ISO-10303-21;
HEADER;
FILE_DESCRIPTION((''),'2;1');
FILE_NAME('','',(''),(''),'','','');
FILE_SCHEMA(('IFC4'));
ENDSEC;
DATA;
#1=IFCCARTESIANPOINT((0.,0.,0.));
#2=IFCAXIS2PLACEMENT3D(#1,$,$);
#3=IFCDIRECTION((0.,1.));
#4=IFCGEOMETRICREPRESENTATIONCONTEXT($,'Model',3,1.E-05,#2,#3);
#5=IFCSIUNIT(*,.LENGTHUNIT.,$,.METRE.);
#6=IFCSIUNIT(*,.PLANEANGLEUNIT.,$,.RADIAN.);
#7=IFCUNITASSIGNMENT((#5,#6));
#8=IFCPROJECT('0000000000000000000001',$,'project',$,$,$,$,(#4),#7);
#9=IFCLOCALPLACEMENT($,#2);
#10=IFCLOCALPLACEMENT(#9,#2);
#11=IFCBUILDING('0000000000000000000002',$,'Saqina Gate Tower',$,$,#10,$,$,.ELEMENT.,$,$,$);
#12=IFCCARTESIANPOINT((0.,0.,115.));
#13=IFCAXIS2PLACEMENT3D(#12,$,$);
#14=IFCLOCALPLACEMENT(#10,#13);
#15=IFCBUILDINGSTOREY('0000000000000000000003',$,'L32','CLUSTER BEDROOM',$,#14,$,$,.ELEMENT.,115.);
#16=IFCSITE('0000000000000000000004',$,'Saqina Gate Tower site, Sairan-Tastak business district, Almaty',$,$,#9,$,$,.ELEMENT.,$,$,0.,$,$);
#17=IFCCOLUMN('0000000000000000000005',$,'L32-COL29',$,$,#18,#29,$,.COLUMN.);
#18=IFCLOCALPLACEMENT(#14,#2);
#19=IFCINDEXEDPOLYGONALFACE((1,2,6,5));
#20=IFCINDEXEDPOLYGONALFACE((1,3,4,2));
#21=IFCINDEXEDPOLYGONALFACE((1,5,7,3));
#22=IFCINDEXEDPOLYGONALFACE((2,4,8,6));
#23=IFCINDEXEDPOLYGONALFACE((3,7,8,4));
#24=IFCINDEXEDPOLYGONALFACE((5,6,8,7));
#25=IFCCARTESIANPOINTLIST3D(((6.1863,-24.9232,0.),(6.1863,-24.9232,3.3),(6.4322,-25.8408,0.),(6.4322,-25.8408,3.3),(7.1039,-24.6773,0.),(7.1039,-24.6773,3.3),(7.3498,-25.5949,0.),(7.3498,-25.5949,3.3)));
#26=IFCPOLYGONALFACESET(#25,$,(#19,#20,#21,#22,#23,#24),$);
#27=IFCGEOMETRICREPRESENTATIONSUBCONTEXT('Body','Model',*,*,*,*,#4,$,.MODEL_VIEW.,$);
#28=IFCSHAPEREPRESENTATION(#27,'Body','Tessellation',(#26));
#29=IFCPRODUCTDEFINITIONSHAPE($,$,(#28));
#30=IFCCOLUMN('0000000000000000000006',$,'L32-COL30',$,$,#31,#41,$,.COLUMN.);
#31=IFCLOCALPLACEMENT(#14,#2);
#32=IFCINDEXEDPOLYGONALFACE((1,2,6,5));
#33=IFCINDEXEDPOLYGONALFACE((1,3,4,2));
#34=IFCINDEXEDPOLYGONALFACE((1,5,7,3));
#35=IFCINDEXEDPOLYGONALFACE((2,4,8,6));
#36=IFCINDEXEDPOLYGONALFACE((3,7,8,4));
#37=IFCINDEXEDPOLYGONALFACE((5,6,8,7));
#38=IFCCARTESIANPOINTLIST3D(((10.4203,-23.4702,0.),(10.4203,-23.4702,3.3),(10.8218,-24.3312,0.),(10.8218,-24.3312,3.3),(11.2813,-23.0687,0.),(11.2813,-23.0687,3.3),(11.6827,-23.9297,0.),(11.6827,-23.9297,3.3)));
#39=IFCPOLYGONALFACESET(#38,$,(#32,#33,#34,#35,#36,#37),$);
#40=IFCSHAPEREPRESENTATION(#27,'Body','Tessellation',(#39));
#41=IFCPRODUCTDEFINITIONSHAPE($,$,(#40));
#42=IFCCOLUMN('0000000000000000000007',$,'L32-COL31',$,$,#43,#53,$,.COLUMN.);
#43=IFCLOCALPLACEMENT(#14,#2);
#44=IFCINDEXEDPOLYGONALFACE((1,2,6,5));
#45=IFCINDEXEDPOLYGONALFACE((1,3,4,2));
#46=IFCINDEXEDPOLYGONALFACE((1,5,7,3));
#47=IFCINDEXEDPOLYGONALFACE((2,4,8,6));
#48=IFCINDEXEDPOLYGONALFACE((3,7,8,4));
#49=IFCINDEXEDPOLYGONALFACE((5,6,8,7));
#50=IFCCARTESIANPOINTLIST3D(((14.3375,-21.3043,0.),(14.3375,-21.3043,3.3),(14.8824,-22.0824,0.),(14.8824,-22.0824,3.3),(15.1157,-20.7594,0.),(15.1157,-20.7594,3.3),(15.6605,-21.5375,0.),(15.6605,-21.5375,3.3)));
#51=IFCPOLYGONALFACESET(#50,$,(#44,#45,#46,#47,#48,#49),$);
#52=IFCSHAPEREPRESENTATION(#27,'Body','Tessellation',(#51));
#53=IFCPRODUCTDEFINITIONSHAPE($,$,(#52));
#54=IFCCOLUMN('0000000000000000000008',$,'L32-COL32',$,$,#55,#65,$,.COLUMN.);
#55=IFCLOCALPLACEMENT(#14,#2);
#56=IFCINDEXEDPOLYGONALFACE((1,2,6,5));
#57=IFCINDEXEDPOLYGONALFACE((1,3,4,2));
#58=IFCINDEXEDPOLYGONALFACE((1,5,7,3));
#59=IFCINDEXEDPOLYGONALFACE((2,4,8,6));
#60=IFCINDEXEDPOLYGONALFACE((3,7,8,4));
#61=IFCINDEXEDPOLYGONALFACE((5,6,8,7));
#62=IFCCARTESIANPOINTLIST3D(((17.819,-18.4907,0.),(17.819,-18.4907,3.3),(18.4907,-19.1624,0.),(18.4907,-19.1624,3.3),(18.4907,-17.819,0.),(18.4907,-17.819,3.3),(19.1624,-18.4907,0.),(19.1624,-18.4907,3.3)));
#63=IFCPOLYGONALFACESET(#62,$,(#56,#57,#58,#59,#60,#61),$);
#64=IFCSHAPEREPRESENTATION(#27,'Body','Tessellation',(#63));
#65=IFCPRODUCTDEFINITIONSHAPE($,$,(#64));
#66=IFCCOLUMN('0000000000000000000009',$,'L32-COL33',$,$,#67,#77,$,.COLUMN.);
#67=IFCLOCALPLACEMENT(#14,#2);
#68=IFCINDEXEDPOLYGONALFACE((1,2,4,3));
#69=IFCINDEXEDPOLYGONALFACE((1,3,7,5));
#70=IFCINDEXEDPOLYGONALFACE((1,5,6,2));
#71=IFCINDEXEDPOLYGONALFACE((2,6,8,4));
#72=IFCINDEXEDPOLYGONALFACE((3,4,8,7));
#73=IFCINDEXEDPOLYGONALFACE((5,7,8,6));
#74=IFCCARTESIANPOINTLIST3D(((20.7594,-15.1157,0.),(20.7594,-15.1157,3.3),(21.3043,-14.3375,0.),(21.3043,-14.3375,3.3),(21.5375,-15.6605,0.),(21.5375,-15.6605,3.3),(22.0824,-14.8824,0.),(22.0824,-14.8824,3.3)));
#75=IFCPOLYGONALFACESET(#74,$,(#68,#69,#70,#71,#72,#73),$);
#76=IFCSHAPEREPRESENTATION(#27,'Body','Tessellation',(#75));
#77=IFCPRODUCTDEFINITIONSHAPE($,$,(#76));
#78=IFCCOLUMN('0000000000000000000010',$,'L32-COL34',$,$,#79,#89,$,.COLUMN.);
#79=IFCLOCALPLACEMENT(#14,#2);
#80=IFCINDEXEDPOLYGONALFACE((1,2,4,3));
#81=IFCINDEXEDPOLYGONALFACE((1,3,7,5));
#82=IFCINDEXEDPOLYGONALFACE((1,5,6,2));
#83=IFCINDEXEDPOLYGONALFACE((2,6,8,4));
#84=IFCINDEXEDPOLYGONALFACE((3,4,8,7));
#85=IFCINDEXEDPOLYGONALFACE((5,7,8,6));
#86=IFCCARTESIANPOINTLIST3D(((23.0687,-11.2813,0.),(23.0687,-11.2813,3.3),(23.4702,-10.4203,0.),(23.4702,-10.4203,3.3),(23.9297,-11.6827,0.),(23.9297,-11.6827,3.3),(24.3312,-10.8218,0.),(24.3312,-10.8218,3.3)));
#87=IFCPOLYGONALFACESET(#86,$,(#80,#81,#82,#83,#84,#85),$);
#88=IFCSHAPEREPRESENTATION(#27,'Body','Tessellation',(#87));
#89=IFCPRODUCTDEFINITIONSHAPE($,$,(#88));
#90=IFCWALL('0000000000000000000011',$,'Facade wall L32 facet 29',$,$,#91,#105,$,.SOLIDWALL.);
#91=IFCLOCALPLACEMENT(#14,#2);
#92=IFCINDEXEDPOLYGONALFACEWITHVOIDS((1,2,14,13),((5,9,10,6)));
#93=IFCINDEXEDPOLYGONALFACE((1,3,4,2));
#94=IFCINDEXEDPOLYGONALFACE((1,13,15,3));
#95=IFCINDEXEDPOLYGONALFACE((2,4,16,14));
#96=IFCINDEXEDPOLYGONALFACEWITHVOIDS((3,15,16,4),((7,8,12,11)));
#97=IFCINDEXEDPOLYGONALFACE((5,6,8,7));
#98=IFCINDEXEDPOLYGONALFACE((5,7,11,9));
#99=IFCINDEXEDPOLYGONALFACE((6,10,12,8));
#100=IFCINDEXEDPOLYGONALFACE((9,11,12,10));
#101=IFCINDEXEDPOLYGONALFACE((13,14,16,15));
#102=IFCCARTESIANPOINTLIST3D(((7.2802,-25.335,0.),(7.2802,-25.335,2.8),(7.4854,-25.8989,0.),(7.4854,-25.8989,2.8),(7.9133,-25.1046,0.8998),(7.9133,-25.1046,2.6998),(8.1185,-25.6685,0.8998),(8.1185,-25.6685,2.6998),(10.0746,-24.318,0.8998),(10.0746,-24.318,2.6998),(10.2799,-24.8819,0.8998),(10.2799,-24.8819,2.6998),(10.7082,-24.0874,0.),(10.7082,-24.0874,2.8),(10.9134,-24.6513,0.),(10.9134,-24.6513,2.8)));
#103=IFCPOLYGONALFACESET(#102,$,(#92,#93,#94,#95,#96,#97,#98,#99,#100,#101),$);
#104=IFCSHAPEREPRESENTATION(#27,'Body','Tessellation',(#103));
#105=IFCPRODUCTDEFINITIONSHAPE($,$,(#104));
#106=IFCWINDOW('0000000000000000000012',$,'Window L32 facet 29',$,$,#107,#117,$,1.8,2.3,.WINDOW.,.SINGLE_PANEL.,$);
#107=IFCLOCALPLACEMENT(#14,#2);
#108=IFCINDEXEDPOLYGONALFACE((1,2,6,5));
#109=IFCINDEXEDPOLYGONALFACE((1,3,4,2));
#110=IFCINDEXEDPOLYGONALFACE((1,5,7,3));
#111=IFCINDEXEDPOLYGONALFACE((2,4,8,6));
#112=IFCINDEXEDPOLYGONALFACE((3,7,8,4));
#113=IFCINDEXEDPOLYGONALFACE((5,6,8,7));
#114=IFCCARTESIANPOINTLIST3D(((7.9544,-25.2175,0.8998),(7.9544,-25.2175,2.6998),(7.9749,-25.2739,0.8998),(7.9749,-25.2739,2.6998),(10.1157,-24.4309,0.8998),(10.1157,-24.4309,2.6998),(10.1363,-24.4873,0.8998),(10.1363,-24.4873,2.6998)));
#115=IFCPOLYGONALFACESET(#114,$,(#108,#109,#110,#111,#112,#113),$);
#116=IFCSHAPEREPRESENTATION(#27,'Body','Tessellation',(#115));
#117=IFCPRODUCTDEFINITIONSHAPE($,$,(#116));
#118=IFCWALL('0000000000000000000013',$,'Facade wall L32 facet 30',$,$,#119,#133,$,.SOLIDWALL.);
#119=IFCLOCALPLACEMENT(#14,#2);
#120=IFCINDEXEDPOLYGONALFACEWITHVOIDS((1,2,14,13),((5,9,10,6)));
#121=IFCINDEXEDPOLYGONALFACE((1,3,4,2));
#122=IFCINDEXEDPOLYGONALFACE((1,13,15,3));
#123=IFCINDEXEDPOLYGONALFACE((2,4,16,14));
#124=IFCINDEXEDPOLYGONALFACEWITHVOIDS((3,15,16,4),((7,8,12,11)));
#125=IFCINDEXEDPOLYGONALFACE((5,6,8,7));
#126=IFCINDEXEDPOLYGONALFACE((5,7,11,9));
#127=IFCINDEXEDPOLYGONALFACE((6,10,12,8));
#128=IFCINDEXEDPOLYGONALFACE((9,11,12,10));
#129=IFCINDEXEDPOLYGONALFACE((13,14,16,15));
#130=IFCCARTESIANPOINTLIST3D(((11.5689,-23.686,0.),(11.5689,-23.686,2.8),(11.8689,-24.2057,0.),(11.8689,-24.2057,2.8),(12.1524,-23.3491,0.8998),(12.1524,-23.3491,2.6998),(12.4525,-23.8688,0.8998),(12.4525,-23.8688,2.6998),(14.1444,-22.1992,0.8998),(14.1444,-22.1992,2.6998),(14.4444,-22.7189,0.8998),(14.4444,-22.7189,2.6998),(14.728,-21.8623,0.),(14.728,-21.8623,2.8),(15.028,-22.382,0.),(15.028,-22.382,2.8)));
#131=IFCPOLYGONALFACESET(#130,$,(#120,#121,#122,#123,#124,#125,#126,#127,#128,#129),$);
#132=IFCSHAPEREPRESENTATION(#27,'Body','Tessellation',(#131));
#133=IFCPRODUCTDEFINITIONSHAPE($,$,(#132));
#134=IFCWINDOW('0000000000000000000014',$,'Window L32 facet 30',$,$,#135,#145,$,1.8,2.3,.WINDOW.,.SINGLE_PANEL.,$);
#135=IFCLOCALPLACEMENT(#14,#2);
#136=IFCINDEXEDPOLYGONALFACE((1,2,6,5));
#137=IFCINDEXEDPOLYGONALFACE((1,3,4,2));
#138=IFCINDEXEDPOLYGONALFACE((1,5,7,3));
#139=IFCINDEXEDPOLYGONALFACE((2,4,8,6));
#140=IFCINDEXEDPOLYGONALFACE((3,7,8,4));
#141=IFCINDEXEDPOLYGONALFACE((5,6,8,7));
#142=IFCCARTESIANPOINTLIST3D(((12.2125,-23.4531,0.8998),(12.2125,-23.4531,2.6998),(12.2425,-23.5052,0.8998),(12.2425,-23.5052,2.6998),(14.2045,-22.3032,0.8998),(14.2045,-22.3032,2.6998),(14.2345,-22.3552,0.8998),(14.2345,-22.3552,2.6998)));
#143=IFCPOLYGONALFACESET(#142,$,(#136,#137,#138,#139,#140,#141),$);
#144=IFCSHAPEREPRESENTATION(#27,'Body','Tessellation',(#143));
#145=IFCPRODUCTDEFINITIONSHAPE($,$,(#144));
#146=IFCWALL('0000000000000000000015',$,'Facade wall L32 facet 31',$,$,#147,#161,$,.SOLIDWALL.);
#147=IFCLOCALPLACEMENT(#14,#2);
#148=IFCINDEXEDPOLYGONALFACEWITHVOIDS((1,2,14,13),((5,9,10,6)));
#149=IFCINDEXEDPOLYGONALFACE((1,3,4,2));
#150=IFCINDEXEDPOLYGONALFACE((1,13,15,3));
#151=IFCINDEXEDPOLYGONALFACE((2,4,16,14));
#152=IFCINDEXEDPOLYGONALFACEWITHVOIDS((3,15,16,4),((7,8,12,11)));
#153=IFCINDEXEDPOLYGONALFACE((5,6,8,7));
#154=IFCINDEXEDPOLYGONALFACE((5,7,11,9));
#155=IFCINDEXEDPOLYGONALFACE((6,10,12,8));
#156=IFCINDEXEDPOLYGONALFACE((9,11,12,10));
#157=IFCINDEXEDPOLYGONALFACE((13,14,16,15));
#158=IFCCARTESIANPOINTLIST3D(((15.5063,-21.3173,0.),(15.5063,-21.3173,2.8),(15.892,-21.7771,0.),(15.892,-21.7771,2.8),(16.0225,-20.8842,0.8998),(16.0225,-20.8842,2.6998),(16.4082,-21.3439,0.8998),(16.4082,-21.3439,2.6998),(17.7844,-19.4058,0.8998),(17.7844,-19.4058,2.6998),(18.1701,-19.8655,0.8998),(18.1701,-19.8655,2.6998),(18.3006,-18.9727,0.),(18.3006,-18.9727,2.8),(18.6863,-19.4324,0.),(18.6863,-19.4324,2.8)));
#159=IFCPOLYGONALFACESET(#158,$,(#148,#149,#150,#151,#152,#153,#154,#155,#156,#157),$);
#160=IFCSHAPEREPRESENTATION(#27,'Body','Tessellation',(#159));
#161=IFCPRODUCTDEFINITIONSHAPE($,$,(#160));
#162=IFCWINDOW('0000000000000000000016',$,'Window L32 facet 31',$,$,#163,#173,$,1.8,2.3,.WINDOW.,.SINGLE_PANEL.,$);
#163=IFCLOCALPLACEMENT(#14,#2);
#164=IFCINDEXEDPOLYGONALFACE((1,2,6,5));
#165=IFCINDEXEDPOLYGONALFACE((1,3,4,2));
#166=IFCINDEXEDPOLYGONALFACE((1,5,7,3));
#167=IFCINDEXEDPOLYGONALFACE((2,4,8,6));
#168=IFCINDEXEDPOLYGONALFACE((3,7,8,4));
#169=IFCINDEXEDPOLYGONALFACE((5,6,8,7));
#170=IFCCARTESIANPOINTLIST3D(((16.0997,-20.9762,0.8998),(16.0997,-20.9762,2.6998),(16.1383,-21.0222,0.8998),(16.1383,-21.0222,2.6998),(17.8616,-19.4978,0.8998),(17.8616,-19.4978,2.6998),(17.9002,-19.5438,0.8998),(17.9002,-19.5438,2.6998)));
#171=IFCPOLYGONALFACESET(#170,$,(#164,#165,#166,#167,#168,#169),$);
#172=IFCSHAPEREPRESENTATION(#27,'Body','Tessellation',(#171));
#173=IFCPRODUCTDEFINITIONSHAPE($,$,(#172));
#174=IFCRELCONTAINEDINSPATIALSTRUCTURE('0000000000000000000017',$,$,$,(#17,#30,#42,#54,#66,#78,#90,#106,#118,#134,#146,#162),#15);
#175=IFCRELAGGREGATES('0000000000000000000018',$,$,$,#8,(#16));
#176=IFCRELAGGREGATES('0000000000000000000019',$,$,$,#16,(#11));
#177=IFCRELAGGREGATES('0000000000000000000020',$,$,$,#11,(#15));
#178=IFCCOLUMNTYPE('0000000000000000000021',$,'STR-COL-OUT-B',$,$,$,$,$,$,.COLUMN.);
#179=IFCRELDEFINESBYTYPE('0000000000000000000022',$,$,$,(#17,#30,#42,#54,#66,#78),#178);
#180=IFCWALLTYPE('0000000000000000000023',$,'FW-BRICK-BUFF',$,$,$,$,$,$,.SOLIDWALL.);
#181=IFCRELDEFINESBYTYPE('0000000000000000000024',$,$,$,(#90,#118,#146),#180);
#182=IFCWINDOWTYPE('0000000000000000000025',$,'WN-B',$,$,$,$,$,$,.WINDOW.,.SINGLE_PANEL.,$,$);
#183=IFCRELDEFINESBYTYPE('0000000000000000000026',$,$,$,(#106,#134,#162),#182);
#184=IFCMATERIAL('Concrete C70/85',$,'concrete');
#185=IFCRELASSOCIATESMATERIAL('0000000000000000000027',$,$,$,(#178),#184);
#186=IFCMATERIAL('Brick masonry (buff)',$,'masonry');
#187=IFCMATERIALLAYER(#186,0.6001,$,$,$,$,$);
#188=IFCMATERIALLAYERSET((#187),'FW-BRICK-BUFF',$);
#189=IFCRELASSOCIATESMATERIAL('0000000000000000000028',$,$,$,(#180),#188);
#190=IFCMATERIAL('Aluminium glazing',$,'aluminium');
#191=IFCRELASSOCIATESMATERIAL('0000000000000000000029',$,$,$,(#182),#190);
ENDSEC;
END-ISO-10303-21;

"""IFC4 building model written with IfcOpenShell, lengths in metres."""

from ifc_helpers import new_model, si_unit, direction, frame, frame_2d, origin, origin_2d, place, context, subcontext, project, spatial, rectangle, extrude, material, layer, layer_set, material_profile, profile_set, type_object, element, fill, save


model = new_model("IFC4")

# Units and contexts
model_context = context("Model", 3, precision=1e-05, world=origin(), true_north=direction((0.0, 1.0)))
body_context = subcontext(model_context, "Body", "Model", "MODEL_VIEW")
ifc_project = project(units=[si_unit("LENGTHUNIT", "METRE"), si_unit("PLANEANGLEUNIT", "RADIAN")], contexts=[model_context])

# Site, building, storey
site_placement = place(None, origin())
site = spatial("IfcSite", under=ifc_project, at=site_placement, Name="Saqina Gate Tower site, Sairan-Tastak business district, Almaty", CompositionType="ELEMENT", RefElevation=0.0)
building_placement = place(site_placement, origin())
building = spatial("IfcBuilding", under=site, at=building_placement, Name="Saqina Gate Tower", CompositionType="ELEMENT")
storey_placement = place(building_placement, frame((0.0, 0.0, 115.0)))
storey = spatial("IfcBuildingStorey", under=building, at=storey_placement, Name="L32", Description="CLUSTER BEDROOM", CompositionType="ELEMENT", Elevation=115.0)

# Columns
ifc_material_1 = material(Name="Concrete C70/85", Category="concrete")
ifc_material_profile = material_profile(ifc_material_1, rectangle(XDim=0.95, YDim=0.95, at=origin_2d()), Name="RC 950x950")
ifc_profile_set = profile_set([ifc_material_profile], Name="Concrete C70/85")
column_type = type_object("IfcColumnType", Name="STR-COL-OUT-B", PredefinedType="COLUMN", material=ifc_profile_set)
for number, where, z_axis, x_axis, name in (
    (1, (6.7681, -25.259, 0.0), (0.0, 0.0, 1.0), (0.258819, -0.965926, 0.0), "L32-COL29"),
    (2, (11.0515, -23.7, 0.0), (0.0, 0.0, 1.0), (0.422618, -0.906308, 0.0), "L32-COL30"),
    (3, (14.999, -21.4209, 0.0), (0.0, 0.0, 1.0), (0.573576, -0.819152, 0.0), "L32-COL31"),
    (4, (18.4907, -18.4907, 0.0), (0.0, 0.0, 1.0), (0.707107, -0.707107, 0.0), "L32-COL32"),
    (5, (21.4209, -14.999, 0.0), (0.0, 0.0, 1.0), (0.819152, -0.573576, 0.0), "L32-COL33"),
    (6, (23.7, -11.0515, 0.0), (0.0, 0.0, 1.0), (0.906308, -0.422618, 0.0), "L32-COL34"),
):
    element("IfcColumn", number, at=place(storey_placement, frame(where, z_axis=z_axis, x_axis=x_axis)), inside=storey, type_object=column_type, Name=name, PredefinedType="COLUMN", context=body_context, shape_type="SweptSolid", body=[
        extrude(rectangle(XDim=0.95, YDim=0.95, at=origin_2d()), origin(), (0.0, 0.0, 1.0), 3.3),
    ])

# Walls, openings, windows
ifc_material_2 = material(Name="Brick masonry (buff)", Category="masonry")
ifc_layer_1 = layer(ifc_material_2, 0.6001)
ifc_layer_set_1 = layer_set([ifc_layer_1], Name="FW-BRICK-BUFF")
wall_type_1 = type_object("IfcWallType", Name="FW-BRICK-BUFF", PredefinedType="SOLIDWALL", material=ifc_layer_set_1)
wall_1_placement = place(storey_placement, frame((7.3828, -25.6169, 0.0), z_axis=(0.0, 0.0, 1.0), x_axis=(0.939704, 0.34199, 0.0)))
wall_1 = element("IfcWall", 7, at=wall_1_placement, inside=storey, type_object=wall_type_1, Name="Facade wall L32 facet 29", PredefinedType="SOLIDWALL", context=body_context, shape_type="SweptSolid", body=[
    extrude(rectangle(XDim=3.6479, YDim=0.6001, at=frame_2d((1.824, 0.0))), origin(), (0.0, 0.0, 1.0), 2.8),
])
opening_1_placement = place(wall_1_placement, frame((0.6738, 0.0, 0.8999)))
opening_1 = element("IfcOpeningElement", 8, at=opening_1_placement, cuts=wall_1, PredefinedType="OPENING", context=body_context, shape_type="SweptSolid", body=[
    extrude(rectangle(XDim=2.3, YDim=1.8, at=frame_2d((1.1499, 0.8999))), frame((0.0, 0.312, 0.0), z_axis=(0.0, -1.0, 0.0), x_axis=(1.0, 0.0, 0.0)), (0.0, 0.0, 1.0), 0.624),
])
ifc_material_3 = material(Name="Aluminium glazing", Category="aluminium")
window_type = type_object("IfcWindowType", Name="WN-B", PartitioningType="SINGLE_PANEL", PredefinedType="WINDOW", material=ifc_material_3)
window_1_placement = place(opening_1_placement, origin())
window_1 = element("IfcWindow", 9, at=window_1_placement, inside=storey, type_object=window_type, Name="Window L32 facet 29", OverallHeight=1.8, OverallWidth=2.3, PartitioningType="SINGLE_PANEL", PredefinedType="WINDOW", context=body_context, shape_type="SweptSolid", body=[
    extrude(rectangle(XDim=2.3, YDim=1.8, at=frame_2d((1.1499, 0.8999))), frame((0.0, 0.1799, 0.0), z_axis=(0.0, -1.0, 0.0), x_axis=(1.0, 0.0, 0.0)), (0.0, 0.0, 1.0), 0.0601),
])
fill(opening_1, window_1)
wall_2_placement = place(storey_placement, frame((11.719, -23.9458, 0.0), z_axis=(0.0, 0.0, 1.0), x_axis=(0.866052, 0.499954, 0.0)))
wall_2 = element("IfcWall", 10, at=wall_2_placement, inside=storey, type_object=wall_type_1, Name="Facade wall L32 facet 30", PredefinedType="SOLIDWALL", context=body_context, shape_type="SweptSolid", body=[
    extrude(rectangle(XDim=3.6477, YDim=0.6001, at=frame_2d((1.8237, 0.0))), origin(), (0.0, 0.0, 1.0), 2.8),
])
opening_2_placement = place(wall_2_placement, frame((0.6738, 0.0, 0.8999)))
opening_2 = element("IfcOpeningElement", 11, at=opening_2_placement, cuts=wall_2, PredefinedType="OPENING", context=body_context, shape_type="SweptSolid", body=[
    extrude(rectangle(XDim=2.3, YDim=1.8, at=frame_2d((1.1499, 0.8999))), frame((0.0, 0.312, 0.0), z_axis=(0.0, -1.0, 0.0), x_axis=(1.0, 0.0, 0.0)), (0.0, 0.0, 1.0), 0.624),
])
window_2_placement = place(opening_2_placement, origin())
window_2 = element("IfcWindow", 12, at=window_2_placement, inside=storey, type_object=window_type, Name="Window L32 facet 30", OverallHeight=1.8, OverallWidth=2.3, PartitioningType="SINGLE_PANEL", PredefinedType="WINDOW", context=body_context, shape_type="SweptSolid", body=[
    extrude(rectangle(XDim=2.3, YDim=1.8, at=frame_2d((1.1499, 0.8999))), frame((0.0, 0.1799, 0.0), z_axis=(0.0, -1.0, 0.0), x_axis=(1.0, 0.0, 0.0)), (0.0, 0.0, 1.0), 0.0601),
])
fill(opening_2, window_2)
wall_3_placement = place(storey_placement, frame((15.6992, -21.5471, 0.0), z_axis=(0.0, 0.0, 1.0), x_axis=(0.766055, 0.642774, 0.0)))
wall_3 = element("IfcWall", 13, at=wall_3_placement, inside=storey, type_object=wall_type_1, Name="Facade wall L32 facet 31", PredefinedType="SOLIDWALL", context=body_context, shape_type="SweptSolid", body=[
    extrude(rectangle(XDim=3.6477, YDim=0.6001, at=frame_2d((1.8237, 0.0))), origin(), (0.0, 0.0, 1.0), 2.8),
])
opening_3_placement = place(wall_3_placement, frame((0.6738, 0.0, 0.8999)))
opening_3 = element("IfcOpeningElement", 14, at=opening_3_placement, cuts=wall_3, PredefinedType="OPENING", context=body_context, shape_type="SweptSolid", body=[
    extrude(rectangle(XDim=2.3, YDim=1.8, at=frame_2d((1.1499, 0.8999))), frame((0.0, 0.312, 0.0), z_axis=(0.0, -1.0, 0.0), x_axis=(1.0, 0.0, 0.0)), (0.0, 0.0, 1.0), 0.624),
])
window_3_placement = place(opening_3_placement, origin())
window_3 = element("IfcWindow", 15, at=window_3_placement, inside=storey, type_object=window_type, Name="Window L32 facet 31", OverallHeight=1.8, OverallWidth=2.3, PartitioningType="SINGLE_PANEL", PredefinedType="WINDOW", context=body_context, shape_type="SweptSolid", body=[
    extrude(rectangle(XDim=2.3, YDim=1.8, at=frame_2d((1.1499, 0.8999))), frame((0.0, 0.1799, 0.0), z_axis=(0.0, -1.0, 0.0), x_axis=(1.0, 0.0, 0.0)), (0.0, 0.0, 1.0), 0.0601),
])
fill(opening_3, window_3)

save(model, "model.ifc")
